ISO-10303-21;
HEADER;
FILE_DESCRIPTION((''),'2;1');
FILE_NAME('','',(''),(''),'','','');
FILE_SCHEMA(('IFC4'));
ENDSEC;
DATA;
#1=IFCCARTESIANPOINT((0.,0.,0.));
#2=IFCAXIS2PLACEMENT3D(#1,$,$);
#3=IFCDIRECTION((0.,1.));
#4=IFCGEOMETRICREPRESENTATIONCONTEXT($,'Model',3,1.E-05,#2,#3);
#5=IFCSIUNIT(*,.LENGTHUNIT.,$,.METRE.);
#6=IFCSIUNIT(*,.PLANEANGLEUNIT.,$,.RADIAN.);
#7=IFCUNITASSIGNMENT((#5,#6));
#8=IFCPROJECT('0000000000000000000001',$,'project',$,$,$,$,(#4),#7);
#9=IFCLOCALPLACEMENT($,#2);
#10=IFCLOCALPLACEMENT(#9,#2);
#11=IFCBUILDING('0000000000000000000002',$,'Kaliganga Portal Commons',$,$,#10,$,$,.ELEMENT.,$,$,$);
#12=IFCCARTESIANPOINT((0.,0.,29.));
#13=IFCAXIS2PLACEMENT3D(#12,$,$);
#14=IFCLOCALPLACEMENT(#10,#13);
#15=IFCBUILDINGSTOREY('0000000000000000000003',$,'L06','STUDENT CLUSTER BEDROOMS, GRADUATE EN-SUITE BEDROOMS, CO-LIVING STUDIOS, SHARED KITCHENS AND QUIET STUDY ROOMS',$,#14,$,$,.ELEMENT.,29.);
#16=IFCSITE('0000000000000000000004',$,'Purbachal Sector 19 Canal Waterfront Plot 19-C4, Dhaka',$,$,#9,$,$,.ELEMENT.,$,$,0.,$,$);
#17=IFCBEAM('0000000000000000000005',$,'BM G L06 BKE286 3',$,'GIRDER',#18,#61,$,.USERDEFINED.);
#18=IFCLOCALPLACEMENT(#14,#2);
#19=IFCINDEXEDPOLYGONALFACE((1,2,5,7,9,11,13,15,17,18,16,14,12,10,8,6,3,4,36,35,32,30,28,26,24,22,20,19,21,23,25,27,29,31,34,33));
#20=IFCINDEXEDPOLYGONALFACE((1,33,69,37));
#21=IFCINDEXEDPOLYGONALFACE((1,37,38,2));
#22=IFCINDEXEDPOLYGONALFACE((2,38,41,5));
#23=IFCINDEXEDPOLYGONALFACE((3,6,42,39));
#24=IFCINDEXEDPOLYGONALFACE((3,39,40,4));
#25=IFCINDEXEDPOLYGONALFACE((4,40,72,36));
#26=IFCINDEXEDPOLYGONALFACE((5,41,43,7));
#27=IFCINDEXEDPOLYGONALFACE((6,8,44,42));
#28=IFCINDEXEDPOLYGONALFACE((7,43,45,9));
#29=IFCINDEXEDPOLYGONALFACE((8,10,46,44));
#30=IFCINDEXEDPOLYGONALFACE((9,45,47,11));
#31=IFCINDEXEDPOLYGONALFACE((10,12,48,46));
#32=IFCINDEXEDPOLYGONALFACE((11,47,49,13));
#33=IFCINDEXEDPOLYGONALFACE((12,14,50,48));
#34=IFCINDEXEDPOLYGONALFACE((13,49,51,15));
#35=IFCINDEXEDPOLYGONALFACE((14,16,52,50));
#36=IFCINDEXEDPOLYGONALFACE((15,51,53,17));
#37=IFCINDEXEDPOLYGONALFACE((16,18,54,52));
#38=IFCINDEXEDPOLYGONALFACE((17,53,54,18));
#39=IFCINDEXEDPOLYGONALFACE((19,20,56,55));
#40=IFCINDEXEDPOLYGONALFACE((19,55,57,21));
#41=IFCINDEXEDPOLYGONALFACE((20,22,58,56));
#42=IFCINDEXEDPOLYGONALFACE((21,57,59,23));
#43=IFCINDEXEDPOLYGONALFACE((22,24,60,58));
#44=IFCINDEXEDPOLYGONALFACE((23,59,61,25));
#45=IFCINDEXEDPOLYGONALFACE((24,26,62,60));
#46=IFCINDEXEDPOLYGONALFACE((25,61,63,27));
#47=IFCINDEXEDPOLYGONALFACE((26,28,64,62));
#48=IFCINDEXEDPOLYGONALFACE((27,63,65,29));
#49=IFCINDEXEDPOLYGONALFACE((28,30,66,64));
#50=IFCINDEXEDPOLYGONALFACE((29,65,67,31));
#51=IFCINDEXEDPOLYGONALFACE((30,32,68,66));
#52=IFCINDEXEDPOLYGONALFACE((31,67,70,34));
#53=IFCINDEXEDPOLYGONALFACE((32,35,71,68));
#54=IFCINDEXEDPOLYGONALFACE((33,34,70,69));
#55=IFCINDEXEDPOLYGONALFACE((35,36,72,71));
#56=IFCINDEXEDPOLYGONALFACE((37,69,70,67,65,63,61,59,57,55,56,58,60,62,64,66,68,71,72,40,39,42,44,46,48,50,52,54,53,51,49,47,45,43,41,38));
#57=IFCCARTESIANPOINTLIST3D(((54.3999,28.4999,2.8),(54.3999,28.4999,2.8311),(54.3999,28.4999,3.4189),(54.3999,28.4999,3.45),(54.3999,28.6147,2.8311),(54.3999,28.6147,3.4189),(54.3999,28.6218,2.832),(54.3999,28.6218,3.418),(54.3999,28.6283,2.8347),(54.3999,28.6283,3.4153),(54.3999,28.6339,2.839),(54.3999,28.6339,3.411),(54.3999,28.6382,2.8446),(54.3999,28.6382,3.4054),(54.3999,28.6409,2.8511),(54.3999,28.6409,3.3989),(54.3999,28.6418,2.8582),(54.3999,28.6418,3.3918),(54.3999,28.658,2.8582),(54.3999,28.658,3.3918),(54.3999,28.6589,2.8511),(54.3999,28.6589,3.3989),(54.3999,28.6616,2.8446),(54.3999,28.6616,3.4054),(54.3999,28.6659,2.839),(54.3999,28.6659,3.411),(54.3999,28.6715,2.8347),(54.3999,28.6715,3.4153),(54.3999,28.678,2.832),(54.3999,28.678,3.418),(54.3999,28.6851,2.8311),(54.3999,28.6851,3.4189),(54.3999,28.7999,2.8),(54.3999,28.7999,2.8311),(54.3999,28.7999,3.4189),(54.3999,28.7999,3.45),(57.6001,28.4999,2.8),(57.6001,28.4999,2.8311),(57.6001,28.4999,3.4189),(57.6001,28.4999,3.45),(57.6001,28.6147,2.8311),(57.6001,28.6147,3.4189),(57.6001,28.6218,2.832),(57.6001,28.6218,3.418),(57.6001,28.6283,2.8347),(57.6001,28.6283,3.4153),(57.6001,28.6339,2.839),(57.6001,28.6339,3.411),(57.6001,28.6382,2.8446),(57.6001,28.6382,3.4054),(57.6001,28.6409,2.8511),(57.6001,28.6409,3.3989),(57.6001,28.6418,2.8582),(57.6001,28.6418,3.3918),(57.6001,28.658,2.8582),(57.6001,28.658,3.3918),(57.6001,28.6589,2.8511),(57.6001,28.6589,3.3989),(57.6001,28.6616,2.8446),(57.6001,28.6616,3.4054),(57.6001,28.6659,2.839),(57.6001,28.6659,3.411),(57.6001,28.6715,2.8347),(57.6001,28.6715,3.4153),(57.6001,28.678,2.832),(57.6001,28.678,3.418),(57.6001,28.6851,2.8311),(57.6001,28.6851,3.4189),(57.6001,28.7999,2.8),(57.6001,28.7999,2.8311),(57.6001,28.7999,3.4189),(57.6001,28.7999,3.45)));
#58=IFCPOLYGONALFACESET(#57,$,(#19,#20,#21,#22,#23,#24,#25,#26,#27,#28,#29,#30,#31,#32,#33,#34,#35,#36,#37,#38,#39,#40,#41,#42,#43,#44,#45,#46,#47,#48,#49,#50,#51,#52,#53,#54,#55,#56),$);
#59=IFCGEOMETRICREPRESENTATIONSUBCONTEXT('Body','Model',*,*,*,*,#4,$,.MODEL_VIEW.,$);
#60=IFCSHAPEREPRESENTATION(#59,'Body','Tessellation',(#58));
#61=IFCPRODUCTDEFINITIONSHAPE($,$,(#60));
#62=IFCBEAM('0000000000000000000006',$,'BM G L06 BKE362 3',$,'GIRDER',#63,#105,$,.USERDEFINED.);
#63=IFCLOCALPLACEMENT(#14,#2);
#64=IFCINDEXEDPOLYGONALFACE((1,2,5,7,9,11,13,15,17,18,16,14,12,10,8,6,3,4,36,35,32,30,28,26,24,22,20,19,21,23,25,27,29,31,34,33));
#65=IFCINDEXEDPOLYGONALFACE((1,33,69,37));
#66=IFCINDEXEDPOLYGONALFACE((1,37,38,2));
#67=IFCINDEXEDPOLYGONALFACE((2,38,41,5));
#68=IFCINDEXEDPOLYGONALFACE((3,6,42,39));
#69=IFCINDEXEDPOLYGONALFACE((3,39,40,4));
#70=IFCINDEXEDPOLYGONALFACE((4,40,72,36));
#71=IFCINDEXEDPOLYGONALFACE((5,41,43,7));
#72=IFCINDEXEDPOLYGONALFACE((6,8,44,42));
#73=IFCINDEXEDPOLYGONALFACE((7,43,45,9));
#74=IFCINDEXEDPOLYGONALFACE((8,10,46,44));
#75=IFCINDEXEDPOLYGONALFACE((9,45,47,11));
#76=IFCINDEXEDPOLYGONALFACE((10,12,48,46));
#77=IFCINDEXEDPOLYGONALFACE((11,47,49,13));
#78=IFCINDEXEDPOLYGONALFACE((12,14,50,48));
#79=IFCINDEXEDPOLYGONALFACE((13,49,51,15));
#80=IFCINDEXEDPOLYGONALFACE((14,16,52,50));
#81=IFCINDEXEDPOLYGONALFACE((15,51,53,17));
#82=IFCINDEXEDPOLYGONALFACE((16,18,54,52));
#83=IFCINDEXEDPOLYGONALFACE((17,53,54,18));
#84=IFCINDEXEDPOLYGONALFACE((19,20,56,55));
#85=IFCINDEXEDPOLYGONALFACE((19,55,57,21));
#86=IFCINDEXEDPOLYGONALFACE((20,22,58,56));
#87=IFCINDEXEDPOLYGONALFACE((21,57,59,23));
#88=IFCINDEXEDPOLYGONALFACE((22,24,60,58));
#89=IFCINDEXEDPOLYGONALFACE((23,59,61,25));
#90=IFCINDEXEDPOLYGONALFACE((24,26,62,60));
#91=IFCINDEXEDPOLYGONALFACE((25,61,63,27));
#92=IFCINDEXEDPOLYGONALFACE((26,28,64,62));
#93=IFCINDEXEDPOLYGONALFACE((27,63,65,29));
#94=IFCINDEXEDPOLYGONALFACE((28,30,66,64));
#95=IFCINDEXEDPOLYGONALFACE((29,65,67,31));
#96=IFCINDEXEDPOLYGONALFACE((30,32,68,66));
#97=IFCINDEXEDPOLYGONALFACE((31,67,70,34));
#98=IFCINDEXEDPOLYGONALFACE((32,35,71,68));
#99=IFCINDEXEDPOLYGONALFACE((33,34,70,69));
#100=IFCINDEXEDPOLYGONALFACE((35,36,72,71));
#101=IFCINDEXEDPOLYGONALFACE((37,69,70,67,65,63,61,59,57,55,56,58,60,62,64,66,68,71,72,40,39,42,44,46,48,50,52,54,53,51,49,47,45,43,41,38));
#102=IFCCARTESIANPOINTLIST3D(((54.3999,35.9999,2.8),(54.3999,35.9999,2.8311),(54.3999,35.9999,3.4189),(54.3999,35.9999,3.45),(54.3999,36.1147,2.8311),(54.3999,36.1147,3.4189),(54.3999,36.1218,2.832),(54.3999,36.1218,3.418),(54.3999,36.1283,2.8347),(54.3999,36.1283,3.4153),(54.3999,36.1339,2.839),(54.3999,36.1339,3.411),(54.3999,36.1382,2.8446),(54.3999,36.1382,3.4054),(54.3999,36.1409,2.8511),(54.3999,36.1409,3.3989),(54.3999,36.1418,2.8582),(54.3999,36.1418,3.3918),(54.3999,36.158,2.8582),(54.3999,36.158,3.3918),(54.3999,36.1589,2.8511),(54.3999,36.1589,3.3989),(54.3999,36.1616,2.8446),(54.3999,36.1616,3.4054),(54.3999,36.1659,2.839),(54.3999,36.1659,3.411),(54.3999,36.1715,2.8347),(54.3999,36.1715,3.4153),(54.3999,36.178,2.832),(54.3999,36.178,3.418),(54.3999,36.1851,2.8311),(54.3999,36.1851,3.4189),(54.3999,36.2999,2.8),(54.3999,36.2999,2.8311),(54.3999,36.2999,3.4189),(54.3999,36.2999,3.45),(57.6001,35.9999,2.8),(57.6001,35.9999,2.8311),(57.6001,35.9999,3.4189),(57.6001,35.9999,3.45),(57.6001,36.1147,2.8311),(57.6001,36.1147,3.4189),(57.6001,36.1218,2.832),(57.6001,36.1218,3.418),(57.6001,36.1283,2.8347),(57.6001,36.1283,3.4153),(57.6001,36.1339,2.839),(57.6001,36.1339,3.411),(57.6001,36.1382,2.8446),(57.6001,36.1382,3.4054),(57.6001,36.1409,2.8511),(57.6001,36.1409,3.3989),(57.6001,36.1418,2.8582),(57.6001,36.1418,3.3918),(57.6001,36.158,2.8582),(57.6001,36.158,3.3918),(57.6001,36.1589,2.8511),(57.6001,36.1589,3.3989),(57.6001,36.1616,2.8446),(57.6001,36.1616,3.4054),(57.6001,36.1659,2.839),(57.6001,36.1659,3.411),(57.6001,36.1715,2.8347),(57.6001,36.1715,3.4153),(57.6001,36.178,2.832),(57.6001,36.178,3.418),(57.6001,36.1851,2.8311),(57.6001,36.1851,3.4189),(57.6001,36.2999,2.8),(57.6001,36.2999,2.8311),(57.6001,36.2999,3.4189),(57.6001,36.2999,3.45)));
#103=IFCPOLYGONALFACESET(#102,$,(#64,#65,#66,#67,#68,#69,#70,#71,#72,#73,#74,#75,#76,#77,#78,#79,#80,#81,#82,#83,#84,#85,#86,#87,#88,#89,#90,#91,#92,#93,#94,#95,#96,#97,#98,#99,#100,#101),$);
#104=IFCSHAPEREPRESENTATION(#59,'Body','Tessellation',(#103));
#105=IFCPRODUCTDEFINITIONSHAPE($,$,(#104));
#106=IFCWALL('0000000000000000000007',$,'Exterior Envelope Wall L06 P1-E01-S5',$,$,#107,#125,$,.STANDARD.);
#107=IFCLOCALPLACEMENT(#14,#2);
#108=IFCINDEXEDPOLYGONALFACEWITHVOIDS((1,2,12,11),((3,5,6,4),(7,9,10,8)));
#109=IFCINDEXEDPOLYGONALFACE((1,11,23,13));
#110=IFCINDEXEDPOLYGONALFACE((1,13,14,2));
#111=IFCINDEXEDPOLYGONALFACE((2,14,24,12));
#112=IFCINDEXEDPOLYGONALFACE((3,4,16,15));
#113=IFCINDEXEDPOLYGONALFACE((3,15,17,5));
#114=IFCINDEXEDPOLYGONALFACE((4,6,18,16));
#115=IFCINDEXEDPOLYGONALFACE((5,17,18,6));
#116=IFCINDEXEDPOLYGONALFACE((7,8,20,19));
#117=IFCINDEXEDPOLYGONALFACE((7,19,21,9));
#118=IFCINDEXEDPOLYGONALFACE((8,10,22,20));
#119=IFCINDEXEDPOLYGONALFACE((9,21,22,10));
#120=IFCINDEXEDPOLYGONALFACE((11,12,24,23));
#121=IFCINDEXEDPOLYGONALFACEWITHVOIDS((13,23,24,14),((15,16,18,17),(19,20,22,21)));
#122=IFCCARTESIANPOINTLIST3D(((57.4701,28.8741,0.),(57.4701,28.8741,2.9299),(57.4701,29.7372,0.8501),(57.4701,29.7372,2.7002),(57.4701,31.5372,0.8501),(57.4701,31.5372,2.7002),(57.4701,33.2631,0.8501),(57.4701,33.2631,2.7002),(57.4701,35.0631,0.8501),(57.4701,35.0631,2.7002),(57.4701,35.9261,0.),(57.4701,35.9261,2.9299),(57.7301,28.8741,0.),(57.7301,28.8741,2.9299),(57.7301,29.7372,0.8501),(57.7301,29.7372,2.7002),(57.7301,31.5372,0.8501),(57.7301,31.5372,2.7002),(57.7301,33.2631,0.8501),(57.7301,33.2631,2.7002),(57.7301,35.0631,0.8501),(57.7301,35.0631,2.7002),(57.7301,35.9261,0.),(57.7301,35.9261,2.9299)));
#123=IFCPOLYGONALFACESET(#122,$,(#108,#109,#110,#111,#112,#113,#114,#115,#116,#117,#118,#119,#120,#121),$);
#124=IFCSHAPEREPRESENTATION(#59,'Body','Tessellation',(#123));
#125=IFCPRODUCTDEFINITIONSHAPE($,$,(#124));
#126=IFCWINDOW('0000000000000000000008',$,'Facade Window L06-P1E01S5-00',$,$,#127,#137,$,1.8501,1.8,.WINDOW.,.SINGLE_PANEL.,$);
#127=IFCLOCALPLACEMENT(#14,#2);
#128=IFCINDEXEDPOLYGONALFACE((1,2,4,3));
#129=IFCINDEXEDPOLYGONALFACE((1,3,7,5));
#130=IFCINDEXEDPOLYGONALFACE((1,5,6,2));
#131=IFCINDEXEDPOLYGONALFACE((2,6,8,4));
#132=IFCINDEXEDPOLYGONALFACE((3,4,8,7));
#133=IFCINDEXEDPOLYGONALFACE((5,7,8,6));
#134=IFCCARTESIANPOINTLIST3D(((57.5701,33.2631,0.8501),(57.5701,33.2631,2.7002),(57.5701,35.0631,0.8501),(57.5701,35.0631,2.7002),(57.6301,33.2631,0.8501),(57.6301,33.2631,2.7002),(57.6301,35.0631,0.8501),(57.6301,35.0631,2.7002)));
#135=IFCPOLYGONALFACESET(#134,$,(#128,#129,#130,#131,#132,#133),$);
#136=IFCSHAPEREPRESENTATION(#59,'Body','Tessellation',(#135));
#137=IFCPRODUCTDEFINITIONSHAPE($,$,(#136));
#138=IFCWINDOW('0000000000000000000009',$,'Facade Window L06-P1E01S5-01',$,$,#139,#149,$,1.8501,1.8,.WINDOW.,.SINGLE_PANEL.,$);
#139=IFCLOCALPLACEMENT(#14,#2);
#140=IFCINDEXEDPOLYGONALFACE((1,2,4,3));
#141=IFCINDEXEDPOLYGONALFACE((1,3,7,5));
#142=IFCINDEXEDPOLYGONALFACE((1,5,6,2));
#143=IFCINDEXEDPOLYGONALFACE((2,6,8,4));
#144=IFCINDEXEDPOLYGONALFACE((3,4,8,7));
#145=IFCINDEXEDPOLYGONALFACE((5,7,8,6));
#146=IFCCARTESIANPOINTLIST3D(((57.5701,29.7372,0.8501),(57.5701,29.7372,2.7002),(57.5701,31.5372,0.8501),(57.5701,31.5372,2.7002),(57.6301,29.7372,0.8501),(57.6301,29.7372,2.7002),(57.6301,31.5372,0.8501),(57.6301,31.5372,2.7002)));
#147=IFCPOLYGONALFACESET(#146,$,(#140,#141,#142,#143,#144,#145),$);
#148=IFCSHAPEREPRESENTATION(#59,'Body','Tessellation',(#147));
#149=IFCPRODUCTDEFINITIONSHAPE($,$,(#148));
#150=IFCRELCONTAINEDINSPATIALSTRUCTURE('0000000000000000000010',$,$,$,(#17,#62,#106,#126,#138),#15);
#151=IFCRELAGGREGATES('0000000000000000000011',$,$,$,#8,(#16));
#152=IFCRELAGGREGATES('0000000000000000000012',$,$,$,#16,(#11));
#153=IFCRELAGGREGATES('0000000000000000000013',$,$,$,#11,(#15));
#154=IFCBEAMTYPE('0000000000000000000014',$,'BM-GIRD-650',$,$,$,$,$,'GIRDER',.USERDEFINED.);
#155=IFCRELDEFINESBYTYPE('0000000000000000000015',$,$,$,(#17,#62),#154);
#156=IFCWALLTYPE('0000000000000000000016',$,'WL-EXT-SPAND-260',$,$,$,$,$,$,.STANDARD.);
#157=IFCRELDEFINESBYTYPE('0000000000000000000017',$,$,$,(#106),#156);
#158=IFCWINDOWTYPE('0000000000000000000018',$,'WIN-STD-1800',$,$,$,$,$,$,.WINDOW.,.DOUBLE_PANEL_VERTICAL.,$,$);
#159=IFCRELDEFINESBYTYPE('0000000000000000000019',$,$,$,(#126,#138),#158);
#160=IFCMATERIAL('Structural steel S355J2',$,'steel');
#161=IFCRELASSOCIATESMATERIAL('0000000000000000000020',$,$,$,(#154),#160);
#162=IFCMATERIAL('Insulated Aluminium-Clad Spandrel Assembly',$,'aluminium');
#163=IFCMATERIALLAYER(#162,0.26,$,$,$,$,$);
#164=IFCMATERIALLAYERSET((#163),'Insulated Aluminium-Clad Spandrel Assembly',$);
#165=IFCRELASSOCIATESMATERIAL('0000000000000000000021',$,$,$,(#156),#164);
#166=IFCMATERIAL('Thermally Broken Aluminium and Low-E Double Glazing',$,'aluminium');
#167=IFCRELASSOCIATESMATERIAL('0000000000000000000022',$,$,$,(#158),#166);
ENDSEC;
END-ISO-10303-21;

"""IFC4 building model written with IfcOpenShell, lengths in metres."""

from ifc_helpers import new_model, si_unit, direction, frame, frame_2d, origin, origin_2d, place, context, subcontext, project, spatial, rectangle, i_section, extrude, source, transform, mapped, material, layer, layer_set, material_profile, profile_set, type_object, element, fill, save


model = new_model("IFC4")

# Units and contexts
model_context = context("Model", 3, precision=1e-05, world=origin(), true_north=direction((0.0, 1.0)))
body_context = subcontext(model_context, "Body", "Model", "MODEL_VIEW")
ifc_project = project(units=[si_unit("LENGTHUNIT", "METRE"), si_unit("PLANEANGLEUNIT", "RADIAN")], contexts=[model_context])

# Site, building, storey
site_placement = place(None, origin())
site = spatial("IfcSite", under=ifc_project, at=site_placement, Name="Purbachal Sector 19 Canal Waterfront Plot 19-C4, Dhaka", CompositionType="ELEMENT", RefElevation=0.0)
building_placement = place(site_placement, origin())
building = spatial("IfcBuilding", under=site, at=building_placement, Name="Kaliganga Portal Commons", CompositionType="ELEMENT")
storey_placement = place(building_placement, frame((0.0, 0.0, 29.0)))
storey = spatial("IfcBuildingStorey", under=building, at=storey_placement, Name="L06", Description="STUDENT CLUSTER BEDROOMS, GRADUATE EN-SUITE BEDROOMS, CO-LIVING STUDIOS, SHARED KITCHENS AND QUIET STUDY ROOMS", CompositionType="ELEMENT", Elevation=29.0)

# Beams
ifc_material_1 = material(Name="Structural steel S355J2", Category="steel")
ifc_material_profile_1 = material_profile(ifc_material_1, i_section(OverallWidth=0.3, OverallDepth=0.6499, WebThickness=0.0161, FlangeThickness=0.031, FilletRadius=0.0271, at=origin_2d()), Name="HE 650 B")
ifc_profile_set_1 = profile_set([ifc_material_profile_1], Name="Structural steel S355J2 wide-flange")
beam_type_1 = type_object("IfcBeamType", Name="BM-GIRD-650", ElementType="GIRDER", PredefinedType="USERDEFINED", material=ifc_profile_set_1)
shared_shape_1 = source(origin(), body_context, "Body", "SweptSolid", [
    extrude(i_section(OverallWidth=0.3, OverallDepth=0.6499, WebThickness=0.0161, FlangeThickness=0.031, FilletRadius=0.0271, at=origin_2d()), origin(), (0.0, 0.0, 1.0), 3.2002),
])
for number, where, z_axis, x_axis, name in (
    (1, (54.3999, 28.6499, 3.125), (1.0, 0.0, 0.0), (0.0, 1.0, 0.0), "BM G L06 BKE286 3"),
    (2, (54.3999, 36.1499, 3.125), (1.0, 0.0, 0.0), (0.0, 1.0, 0.0), "BM G L06 BKE362 3"),
):
    element("IfcBeam", number, at=place(storey_placement, frame(where, z_axis=z_axis, x_axis=x_axis)), inside=storey, type_object=beam_type_1, Name=name, ObjectType="GIRDER", PredefinedType="USERDEFINED", context=body_context, shape_type="MappedRepresentation", body=[
        mapped(shared_shape_1, transform((0.0, 0.0, 0.0), x_axis=(1.0, 0.0, 0.0), y_axis=(0.0, 1.0, 0.0), z_axis=(0.0, 0.0, 1.0), scale=1.0)),
    ])

# Wall, openings, windows
ifc_material_2 = material(Name="Insulated Aluminium-Clad Spandrel Assembly", Category="aluminium")
ifc_layer_1 = layer(ifc_material_2, 0.26)
ifc_layer_set_1 = layer_set([ifc_layer_1], Name="Insulated Aluminium-Clad Spandrel Assembly")
wall_type_1 = type_object("IfcWallType", Name="WL-EXT-SPAND-260", PredefinedType="STANDARD", material=ifc_layer_set_1)
wall_1_placement = place(storey_placement, frame((57.6001, 35.926, 0.0), z_axis=(0.0, 0.0, 1.0), x_axis=(0.0, -1.0, 0.0)))
wall_1 = element("IfcWall", 3, at=wall_1_placement, inside=storey, type_object=wall_type_1, Name="Exterior Envelope Wall L06 P1-E01-S5", PredefinedType="STANDARD", context=body_context, shape_type="SweptSolid", body=[
    extrude(rectangle(XDim=7.052, YDim=0.26, at=frame_2d((3.5259, 0.0))), origin(), (0.0, 0.0, 1.0), 2.9299),
])
opening_1_placement = place(wall_1_placement, frame((0.863, 0.0, 0.8501)))
opening_1 = element("IfcOpeningElement", 4, at=opening_1_placement, cuts=wall_1, PredefinedType="OPENING", context=body_context, shape_type="SweptSolid", body=[
    extrude(rectangle(XDim=1.8, YDim=1.8501, at=frame_2d((0.8999, 0.925))), frame((0.0, 0.1401, 0.0), z_axis=(0.0, -1.0, 0.0), x_axis=(1.0, 0.0, 0.0)), (0.0, 0.0, 1.0), 0.28),
])
opening_2_placement = place(wall_1_placement, frame((4.3889, 0.0, 0.8501)))
opening_2 = element("IfcOpeningElement", 5, at=opening_2_placement, cuts=wall_1, PredefinedType="OPENING", context=body_context, shape_type="SweptSolid", body=[
    extrude(rectangle(XDim=1.8, YDim=1.8501, at=frame_2d((0.8999, 0.925))), frame((0.0, 0.1401, 0.0), z_axis=(0.0, -1.0, 0.0), x_axis=(1.0, 0.0, 0.0)), (0.0, 0.0, 1.0), 0.28),
])
ifc_material_3 = material(Name="Thermally Broken Aluminium and Low-E Double Glazing", Category="aluminium")
window_type_1 = type_object("IfcWindowType", Name="WIN-STD-1800", PartitioningType="DOUBLE_PANEL_VERTICAL", PredefinedType="WINDOW", material=ifc_material_3)
window_1_placement = place(opening_1_placement, origin())
window_1 = element("IfcWindow", 6, at=window_1_placement, inside=storey, type_object=window_type_1, Name="Facade Window L06-P1E01S5-00", OverallHeight=1.8501, OverallWidth=1.8, PartitioningType="SINGLE_PANEL", PredefinedType="WINDOW", context=body_context, shape_type="SweptSolid", body=[
    extrude(rectangle(XDim=1.8, YDim=1.8501, at=frame_2d((0.8999, 0.925))), frame((0.0, 0.03, 0.0), z_axis=(0.0, -1.0, 0.0), x_axis=(1.0, 0.0, 0.0)), (0.0, 0.0, 1.0), 0.0601),
])
fill(opening_1, window_1)
window_2_placement = place(opening_2_placement, origin())
window_2 = element("IfcWindow", 7, at=window_2_placement, inside=storey, type_object=window_type_1, Name="Facade Window L06-P1E01S5-01", OverallHeight=1.8501, OverallWidth=1.8, PartitioningType="SINGLE_PANEL", PredefinedType="WINDOW", context=body_context, shape_type="SweptSolid", body=[
    extrude(rectangle(XDim=1.8, YDim=1.8501, at=frame_2d((0.8999, 0.925))), frame((0.0, 0.03, 0.0), z_axis=(0.0, -1.0, 0.0), x_axis=(1.0, 0.0, 0.0)), (0.0, 0.0, 1.0), 0.0601),
])
fill(opening_2, window_2)

save(model, "model.ifc")
